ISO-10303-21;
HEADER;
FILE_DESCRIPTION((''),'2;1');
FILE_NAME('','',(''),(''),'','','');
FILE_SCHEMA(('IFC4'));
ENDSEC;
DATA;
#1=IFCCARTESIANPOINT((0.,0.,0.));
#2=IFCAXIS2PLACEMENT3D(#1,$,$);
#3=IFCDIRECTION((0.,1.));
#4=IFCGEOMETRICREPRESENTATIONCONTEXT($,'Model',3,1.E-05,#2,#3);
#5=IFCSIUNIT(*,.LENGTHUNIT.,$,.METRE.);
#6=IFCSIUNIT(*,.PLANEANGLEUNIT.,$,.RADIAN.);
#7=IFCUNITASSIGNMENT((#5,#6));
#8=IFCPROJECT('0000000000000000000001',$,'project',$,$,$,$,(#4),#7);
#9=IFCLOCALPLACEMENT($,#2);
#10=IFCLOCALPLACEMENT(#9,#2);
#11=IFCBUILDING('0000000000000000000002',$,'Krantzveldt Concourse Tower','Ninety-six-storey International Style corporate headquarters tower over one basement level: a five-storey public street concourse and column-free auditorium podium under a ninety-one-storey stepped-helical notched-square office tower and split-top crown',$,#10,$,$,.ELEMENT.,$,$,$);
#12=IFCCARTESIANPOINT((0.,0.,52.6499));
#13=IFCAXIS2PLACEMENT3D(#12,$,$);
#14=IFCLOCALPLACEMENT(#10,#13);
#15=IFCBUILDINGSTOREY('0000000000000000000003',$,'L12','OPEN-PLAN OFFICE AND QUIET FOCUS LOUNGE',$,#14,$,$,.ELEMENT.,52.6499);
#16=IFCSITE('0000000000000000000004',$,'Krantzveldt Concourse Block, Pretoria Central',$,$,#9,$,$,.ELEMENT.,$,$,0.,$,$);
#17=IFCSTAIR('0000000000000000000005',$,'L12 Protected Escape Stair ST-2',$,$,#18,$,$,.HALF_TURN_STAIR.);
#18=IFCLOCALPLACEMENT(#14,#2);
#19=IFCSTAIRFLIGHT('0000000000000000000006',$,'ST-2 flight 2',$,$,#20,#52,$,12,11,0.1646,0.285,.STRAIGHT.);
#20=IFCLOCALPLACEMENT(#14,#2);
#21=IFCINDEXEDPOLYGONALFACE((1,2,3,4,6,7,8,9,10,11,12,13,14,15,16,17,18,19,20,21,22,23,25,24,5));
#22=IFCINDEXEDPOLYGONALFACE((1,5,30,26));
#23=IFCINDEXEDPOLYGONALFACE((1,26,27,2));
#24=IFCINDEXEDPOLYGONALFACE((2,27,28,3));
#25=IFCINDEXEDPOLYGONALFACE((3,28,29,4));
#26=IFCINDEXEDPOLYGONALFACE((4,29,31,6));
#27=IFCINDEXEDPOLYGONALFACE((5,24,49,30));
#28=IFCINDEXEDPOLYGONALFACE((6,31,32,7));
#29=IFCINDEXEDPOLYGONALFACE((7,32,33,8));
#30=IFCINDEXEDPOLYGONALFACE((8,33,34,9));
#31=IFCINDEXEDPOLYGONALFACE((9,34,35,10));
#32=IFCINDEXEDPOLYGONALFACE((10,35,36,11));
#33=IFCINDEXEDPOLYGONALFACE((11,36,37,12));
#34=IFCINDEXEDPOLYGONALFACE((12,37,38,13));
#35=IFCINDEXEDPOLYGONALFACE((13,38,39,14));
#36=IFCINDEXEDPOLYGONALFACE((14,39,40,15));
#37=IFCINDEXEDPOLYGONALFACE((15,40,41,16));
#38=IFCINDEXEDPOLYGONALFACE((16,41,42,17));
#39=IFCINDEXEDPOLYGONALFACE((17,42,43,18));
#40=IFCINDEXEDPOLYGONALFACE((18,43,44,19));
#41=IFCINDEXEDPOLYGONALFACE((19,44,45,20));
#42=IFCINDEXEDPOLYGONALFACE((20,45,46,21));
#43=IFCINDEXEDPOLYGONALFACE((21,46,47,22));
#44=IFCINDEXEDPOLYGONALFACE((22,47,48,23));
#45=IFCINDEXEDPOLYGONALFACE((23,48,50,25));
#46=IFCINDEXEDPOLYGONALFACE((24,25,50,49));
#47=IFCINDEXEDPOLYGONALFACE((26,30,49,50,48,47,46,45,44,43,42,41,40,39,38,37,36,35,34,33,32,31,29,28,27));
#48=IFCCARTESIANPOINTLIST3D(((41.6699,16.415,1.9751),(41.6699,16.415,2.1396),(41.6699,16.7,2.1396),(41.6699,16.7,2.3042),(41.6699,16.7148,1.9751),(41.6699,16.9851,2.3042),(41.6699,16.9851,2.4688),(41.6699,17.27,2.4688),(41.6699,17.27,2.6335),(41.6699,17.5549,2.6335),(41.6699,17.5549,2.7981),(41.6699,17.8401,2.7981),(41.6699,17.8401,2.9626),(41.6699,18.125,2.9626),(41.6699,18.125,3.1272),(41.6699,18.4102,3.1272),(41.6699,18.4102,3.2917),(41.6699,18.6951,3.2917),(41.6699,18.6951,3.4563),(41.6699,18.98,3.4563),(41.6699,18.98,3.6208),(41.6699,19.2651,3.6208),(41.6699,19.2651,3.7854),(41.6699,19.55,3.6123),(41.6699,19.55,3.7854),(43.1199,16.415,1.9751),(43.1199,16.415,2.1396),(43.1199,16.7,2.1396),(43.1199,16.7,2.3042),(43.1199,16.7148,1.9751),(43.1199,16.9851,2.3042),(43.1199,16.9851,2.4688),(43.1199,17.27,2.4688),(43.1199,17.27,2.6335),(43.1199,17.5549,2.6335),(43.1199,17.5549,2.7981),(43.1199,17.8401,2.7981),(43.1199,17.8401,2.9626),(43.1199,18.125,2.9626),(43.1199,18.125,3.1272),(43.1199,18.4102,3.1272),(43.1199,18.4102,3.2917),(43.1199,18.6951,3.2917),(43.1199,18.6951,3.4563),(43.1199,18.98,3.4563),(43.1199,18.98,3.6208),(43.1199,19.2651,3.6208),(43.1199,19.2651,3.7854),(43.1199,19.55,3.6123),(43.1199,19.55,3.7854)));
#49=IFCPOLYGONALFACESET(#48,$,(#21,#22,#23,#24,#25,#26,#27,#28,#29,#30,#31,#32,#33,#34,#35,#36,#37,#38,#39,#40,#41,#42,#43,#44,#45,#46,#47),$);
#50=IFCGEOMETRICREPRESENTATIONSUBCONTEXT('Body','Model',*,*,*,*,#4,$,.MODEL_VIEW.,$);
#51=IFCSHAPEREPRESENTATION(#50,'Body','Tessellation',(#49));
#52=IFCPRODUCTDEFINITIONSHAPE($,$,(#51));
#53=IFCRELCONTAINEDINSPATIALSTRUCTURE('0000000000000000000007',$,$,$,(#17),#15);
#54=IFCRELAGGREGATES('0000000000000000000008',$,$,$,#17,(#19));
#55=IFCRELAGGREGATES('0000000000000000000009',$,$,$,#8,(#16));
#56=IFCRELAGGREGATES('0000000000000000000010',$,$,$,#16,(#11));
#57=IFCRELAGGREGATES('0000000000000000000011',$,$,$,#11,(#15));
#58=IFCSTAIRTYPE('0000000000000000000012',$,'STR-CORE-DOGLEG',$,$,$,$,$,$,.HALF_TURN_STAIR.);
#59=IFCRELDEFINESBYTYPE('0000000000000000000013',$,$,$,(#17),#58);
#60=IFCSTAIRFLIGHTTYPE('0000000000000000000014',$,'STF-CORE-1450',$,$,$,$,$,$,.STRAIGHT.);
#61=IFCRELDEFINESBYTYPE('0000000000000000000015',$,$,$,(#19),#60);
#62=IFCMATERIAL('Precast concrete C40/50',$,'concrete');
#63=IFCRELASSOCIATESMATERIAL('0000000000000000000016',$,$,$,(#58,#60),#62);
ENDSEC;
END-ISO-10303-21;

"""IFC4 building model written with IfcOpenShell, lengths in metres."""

from ifc_helpers import new_model, si_unit, direction, frame, origin, place, context, subcontext, project, spatial, polyline, outline, extrude, material, type_object, element, aggregate, save


model = new_model("IFC4")

# Units and contexts
model_context = context("Model", 3, precision=1e-05, world=origin(), true_north=direction((0.0, 1.0)))
body_context = subcontext(model_context, "Body", "Model", "MODEL_VIEW")
ifc_project = project(units=[si_unit("LENGTHUNIT", "METRE"), si_unit("PLANEANGLEUNIT", "RADIAN")], contexts=[model_context])

# Site, building, storey
site_placement = place(None, origin())
site = spatial("IfcSite", under=ifc_project, at=site_placement, Name="Krantzveldt Concourse Block, Pretoria Central", CompositionType="ELEMENT", RefElevation=0.0)
building_placement = place(site_placement, origin())
building = spatial("IfcBuilding", under=site, at=building_placement, Name="Krantzveldt Concourse Tower", Description="Ninety-six-storey International Style corporate headquarters tower over one basement level: a five-storey public street concourse and column-free auditorium podium under a ninety-one-storey stepped-helical notched-square office tower and split-top crown", CompositionType="ELEMENT")
storey_placement = place(building_placement, frame((0.0, 0.0, 52.6499)))
storey = spatial("IfcBuildingStorey", under=building, at=storey_placement, Name="L12", Description="OPEN-PLAN OFFICE AND QUIET FOCUS LOUNGE", CompositionType="ELEMENT", Elevation=52.6499)

# Stair, stair flight
ifc_material_1 = material(Name="Precast concrete C40/50", Category="concrete")
stair_type = type_object("IfcStairType", Name="STR-CORE-DOGLEG", PredefinedType="HALF_TURN_STAIR", material=ifc_material_1)
stair_placement = place(storey_placement, origin())
stair = element("IfcStair", 1, at=stair_placement, inside=storey, type_object=stair_type, Name="L12 Protected Escape Stair ST-2", PredefinedType="HALF_TURN_STAIR")
stair_flight_type = type_object("IfcStairFlightType", Name="STF-CORE-1450", PredefinedType="STRAIGHT", material=ifc_material_1)
stair_flight_1_placement = place(storey_placement, frame((42.395, 16.415, 1.9751), z_axis=(0.0, 0.0, 1.0), x_axis=(0.0, 1.0, 0.0)))
stair_flight_1 = element("IfcStairFlight", 2, at=stair_flight_1_placement, type_object=stair_flight_type, Name="ST-2 flight 2", NumberOfRisers=12, NumberOfTreads=11, PredefinedType="STRAIGHT", RiserHeight=0.1646, TreadLength=0.285, context=body_context, shape_type="SweptSolid", body=[
    extrude(outline(polyline([(0.0, 0.0), (0.0, 0.1646), (0.2849, 0.1646), (0.2849, 0.3291), (0.5701, 0.3291), (0.5701, 0.4937), (0.855, 0.4937), (0.855, 0.6584), (1.1399, 0.6584), (1.1399, 0.823), (1.425, 0.823), (1.425, 0.9875), (1.71, 0.9875), (1.71, 1.1521), (1.9951, 1.1521), (1.9951, 1.3167), (2.28, 1.3167), (2.28, 1.4812), (2.5649, 1.4812), (2.5649, 1.6458), (2.8501, 1.6458), (2.8501, 1.8103), (3.135, 1.8103), (3.135, 1.9751), (3.135, 1.6372), (0.2998, 0.0), (0.0, 0.0)])), frame((0.0, 0.7251, 0.0), z_axis=(0.0, -1.0, 0.0), x_axis=(1.0, 0.0, 0.0)), (0.0, 0.0, 1.0), 1.45),
])
aggregate(stair, [stair_flight_1])

save(model, "model.ifc")
